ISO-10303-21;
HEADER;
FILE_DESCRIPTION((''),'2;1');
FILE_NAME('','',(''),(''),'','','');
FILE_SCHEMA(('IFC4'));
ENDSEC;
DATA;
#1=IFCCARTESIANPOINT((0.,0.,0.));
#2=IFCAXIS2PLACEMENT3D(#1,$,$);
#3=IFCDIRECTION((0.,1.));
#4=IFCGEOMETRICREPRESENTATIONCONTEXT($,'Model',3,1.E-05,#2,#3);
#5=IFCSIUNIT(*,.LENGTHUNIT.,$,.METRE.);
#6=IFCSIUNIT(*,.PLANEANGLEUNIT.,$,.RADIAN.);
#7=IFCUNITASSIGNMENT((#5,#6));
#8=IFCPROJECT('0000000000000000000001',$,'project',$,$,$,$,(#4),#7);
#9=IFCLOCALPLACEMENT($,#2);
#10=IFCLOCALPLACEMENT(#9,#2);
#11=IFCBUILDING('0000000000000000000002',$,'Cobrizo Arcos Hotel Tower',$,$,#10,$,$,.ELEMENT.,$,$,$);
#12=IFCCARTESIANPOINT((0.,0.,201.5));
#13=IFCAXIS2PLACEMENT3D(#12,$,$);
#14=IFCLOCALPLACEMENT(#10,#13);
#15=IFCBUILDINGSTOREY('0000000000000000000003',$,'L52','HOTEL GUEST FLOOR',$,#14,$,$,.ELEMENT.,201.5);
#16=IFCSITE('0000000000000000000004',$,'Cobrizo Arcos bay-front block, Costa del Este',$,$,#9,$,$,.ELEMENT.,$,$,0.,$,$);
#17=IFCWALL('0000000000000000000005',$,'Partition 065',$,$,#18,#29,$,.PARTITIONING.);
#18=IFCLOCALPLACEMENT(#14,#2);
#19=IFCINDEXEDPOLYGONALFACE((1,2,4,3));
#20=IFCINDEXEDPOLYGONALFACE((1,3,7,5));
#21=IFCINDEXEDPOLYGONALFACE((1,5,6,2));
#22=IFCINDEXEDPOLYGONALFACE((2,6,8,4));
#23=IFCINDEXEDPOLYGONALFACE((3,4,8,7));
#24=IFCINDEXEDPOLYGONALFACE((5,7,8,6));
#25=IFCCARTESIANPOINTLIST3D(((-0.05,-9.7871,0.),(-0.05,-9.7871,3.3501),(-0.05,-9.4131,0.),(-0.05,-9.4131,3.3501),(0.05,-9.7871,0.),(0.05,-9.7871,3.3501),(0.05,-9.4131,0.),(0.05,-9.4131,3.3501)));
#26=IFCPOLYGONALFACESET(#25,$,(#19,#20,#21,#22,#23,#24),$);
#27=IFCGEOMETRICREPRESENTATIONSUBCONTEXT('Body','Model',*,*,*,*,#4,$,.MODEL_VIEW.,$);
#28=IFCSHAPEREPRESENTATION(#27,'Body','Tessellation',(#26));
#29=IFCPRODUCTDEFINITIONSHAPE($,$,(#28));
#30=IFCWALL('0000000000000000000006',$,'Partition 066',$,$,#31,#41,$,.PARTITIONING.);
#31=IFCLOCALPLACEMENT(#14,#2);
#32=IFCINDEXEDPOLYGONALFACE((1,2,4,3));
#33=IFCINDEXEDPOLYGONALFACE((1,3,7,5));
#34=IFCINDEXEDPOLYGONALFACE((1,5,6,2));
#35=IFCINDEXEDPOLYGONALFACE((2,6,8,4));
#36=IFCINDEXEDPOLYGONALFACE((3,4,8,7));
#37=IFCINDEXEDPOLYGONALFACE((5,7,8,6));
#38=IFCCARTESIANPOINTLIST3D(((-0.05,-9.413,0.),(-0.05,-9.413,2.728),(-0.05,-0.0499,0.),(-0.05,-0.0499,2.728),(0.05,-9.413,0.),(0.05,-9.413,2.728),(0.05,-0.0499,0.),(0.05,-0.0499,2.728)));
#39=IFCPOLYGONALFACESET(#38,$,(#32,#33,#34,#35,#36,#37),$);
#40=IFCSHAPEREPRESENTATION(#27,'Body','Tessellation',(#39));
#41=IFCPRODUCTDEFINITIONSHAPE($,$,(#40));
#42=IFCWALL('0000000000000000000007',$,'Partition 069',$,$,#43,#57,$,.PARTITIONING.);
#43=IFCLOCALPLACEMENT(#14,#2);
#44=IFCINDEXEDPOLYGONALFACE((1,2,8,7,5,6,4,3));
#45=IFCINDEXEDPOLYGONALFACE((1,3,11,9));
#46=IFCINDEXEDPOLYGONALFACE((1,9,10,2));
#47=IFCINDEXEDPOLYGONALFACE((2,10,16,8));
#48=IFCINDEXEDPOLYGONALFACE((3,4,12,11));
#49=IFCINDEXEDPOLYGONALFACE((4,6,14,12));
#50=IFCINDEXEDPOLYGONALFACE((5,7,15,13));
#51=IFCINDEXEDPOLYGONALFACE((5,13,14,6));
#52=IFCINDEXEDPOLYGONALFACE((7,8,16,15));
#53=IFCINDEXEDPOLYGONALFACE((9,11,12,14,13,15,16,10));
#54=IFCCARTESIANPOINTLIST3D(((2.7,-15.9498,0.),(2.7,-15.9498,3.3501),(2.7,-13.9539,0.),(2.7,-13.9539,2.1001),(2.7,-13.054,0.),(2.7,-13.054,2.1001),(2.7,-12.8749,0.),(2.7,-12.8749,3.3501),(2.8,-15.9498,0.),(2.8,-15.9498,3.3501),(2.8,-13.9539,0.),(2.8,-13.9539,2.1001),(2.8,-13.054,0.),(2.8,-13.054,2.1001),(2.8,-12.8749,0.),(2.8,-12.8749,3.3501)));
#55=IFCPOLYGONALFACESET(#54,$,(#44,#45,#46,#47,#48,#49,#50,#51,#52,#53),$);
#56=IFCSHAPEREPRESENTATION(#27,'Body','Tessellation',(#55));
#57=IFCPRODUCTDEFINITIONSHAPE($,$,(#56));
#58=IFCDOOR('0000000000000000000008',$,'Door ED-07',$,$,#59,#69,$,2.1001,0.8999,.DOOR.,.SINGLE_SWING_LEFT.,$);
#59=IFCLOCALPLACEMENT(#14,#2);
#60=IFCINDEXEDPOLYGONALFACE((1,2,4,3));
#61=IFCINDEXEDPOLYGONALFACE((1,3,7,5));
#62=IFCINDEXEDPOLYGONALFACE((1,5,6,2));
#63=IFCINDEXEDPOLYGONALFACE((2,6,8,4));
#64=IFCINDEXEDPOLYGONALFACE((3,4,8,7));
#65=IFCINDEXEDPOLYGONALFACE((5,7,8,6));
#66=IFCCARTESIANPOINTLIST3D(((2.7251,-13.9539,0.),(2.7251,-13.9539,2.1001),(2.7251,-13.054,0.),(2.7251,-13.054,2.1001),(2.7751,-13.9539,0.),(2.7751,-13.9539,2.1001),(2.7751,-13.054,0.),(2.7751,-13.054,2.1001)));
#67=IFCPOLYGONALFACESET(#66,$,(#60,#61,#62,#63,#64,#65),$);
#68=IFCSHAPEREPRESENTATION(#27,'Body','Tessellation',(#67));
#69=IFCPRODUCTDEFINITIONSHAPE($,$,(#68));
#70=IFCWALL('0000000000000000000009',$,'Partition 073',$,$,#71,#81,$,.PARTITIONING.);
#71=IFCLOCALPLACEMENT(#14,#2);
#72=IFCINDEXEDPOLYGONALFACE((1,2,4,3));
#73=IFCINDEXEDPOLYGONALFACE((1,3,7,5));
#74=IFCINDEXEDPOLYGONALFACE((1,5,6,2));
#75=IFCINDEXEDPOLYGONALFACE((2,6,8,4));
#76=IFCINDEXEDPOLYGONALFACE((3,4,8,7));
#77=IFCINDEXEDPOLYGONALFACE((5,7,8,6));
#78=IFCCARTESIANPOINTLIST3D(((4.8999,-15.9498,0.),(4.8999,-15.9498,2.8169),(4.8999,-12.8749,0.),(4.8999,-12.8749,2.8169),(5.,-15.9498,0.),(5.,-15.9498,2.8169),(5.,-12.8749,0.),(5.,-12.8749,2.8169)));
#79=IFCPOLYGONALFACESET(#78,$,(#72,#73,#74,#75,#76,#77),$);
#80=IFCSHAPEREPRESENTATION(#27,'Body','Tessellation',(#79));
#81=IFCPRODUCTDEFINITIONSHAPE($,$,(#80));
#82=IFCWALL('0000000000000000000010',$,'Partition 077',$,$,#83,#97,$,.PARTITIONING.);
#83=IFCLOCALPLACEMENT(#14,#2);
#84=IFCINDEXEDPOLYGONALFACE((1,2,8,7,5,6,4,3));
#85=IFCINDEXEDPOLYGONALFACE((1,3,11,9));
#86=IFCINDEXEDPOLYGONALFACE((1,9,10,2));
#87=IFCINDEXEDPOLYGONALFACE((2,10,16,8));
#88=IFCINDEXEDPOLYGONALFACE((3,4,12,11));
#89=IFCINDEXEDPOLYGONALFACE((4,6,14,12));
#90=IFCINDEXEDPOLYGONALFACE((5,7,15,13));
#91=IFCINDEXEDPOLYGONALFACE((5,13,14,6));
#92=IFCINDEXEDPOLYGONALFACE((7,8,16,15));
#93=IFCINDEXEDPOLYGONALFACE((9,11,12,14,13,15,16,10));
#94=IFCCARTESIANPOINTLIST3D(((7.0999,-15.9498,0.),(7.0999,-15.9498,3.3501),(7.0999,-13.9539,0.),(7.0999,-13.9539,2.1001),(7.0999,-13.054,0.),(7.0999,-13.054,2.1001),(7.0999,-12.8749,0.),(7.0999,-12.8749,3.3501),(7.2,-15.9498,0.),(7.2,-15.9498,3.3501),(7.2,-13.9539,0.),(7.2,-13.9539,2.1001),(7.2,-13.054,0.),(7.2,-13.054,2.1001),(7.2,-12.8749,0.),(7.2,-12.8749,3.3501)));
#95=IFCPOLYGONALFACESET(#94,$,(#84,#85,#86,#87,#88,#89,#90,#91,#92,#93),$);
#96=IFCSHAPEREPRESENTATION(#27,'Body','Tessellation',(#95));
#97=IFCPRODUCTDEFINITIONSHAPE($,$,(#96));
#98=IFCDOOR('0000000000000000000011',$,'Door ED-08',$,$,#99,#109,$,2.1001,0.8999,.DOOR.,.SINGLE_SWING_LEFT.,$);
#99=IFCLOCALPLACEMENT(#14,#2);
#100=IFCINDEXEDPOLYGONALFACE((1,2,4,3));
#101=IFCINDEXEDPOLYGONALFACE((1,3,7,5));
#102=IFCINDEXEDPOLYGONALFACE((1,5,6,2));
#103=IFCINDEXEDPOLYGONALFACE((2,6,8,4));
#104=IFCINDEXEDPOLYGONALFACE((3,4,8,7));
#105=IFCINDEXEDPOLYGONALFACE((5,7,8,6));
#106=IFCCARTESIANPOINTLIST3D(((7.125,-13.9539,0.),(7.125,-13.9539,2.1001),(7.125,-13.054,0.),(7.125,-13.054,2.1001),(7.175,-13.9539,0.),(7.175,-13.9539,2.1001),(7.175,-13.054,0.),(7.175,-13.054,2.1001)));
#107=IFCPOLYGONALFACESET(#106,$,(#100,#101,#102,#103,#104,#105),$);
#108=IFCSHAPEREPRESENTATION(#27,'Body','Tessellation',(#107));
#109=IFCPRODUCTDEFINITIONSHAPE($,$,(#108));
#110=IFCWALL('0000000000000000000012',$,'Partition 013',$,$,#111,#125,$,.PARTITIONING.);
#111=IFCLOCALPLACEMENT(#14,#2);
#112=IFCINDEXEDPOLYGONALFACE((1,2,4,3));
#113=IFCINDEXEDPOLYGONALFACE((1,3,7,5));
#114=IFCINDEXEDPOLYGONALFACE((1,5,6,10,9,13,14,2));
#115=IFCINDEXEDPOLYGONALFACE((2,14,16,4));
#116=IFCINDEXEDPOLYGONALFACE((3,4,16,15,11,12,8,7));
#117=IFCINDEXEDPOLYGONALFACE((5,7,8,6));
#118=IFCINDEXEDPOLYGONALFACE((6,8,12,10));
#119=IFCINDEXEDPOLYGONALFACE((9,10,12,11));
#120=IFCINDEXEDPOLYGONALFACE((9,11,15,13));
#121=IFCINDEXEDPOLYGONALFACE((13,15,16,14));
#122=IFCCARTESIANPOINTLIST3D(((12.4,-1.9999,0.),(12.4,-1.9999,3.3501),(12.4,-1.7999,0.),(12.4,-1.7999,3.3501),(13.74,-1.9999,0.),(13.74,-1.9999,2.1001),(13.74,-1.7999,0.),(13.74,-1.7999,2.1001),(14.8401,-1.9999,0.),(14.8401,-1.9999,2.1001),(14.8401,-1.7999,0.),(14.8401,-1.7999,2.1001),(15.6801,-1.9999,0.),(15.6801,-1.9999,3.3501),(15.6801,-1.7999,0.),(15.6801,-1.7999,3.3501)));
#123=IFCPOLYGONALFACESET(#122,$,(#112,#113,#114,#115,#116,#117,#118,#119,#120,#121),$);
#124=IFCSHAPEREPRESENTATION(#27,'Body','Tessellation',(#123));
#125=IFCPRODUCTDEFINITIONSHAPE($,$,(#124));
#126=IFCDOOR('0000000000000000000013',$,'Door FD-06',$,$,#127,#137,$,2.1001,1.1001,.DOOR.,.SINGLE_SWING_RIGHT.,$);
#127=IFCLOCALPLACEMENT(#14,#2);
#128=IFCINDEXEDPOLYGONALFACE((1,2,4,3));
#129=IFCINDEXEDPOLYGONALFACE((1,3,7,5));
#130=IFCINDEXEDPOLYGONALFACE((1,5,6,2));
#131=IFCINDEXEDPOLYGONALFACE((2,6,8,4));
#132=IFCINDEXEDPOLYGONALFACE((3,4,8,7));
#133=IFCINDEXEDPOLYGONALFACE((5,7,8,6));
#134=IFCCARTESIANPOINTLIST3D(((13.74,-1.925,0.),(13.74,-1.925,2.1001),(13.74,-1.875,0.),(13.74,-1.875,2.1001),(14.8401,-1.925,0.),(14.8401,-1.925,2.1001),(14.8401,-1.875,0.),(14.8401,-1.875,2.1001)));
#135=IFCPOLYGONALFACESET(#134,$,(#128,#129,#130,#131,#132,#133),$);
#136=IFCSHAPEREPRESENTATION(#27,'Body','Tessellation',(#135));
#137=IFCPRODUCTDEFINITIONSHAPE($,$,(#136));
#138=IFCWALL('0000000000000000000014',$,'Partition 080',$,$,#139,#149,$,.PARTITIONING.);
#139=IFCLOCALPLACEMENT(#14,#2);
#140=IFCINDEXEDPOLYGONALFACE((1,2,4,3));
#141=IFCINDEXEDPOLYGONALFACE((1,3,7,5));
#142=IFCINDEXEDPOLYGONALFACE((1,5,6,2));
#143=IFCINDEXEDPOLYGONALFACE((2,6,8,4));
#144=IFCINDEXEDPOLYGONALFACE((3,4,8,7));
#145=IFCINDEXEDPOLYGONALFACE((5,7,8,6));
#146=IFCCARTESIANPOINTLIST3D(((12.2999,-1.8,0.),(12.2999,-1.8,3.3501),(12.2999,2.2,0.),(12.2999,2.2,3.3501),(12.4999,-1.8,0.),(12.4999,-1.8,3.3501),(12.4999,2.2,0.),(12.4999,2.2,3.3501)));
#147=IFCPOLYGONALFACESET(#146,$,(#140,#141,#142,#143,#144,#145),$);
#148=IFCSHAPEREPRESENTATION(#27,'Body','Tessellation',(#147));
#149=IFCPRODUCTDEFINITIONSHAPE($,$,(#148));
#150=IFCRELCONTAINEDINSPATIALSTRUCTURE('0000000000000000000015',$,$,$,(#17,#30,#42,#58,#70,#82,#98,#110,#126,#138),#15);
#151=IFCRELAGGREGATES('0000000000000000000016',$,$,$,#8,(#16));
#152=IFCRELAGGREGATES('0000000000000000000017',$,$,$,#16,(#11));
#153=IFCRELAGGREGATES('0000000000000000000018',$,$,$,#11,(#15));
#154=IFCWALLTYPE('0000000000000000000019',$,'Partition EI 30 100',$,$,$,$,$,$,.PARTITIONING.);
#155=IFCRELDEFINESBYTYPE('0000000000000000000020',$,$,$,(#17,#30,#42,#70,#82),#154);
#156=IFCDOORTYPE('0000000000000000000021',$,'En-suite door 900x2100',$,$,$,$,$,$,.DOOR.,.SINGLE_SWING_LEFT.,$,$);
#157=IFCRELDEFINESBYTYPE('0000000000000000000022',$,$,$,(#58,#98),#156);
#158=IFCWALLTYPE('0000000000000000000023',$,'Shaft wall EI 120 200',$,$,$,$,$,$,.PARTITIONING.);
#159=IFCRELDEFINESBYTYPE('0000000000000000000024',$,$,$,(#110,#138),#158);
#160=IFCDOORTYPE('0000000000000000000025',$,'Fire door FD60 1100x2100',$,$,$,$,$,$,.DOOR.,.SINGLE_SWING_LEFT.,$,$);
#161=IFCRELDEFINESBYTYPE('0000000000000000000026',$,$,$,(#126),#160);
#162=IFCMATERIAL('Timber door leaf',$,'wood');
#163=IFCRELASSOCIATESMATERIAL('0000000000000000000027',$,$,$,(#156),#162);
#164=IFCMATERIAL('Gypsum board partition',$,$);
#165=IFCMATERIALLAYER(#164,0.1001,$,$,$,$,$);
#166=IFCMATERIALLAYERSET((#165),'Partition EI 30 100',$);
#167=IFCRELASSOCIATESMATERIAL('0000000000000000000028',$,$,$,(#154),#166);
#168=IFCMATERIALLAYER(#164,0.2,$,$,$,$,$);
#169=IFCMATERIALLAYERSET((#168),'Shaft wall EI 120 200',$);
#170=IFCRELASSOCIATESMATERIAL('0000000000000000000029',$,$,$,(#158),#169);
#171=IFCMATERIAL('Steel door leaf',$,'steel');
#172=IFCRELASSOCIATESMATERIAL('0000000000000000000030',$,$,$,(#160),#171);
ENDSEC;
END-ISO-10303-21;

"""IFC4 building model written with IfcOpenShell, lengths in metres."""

from ifc_helpers import new_model, si_unit, direction, frame, frame_2d, origin, place, context, subcontext, project, spatial, rectangle, extrude, material, layer, layer_set, type_object, element, fill, save


model = new_model("IFC4")

# Units and contexts
model_context = context("Model", 3, precision=1e-05, world=origin(), true_north=direction((0.0, 1.0)))
body_context = subcontext(model_context, "Body", "Model", "MODEL_VIEW")
ifc_project = project(units=[si_unit("LENGTHUNIT", "METRE"), si_unit("PLANEANGLEUNIT", "RADIAN")], contexts=[model_context])

# Site, building, storey
site_placement = place(None, origin())
site = spatial("IfcSite", under=ifc_project, at=site_placement, Name="Cobrizo Arcos bay-front block, Costa del Este", CompositionType="ELEMENT", RefElevation=0.0)
building_placement = place(site_placement, origin())
building = spatial("IfcBuilding", under=site, at=building_placement, Name="Cobrizo Arcos Hotel Tower", CompositionType="ELEMENT")
storey_placement = place(building_placement, frame((0.0, 0.0, 201.5)))
storey = spatial("IfcBuildingStorey", under=building, at=storey_placement, Name="L52", Description="HOTEL GUEST FLOOR", CompositionType="ELEMENT", Elevation=201.5)

# Shared definitions
ifc_material_1 = material(Name="Gypsum board partition")

# Shared definitions
ifc_material_2 = material(Name="Timber door leaf", Category="wood")
door_type_1 = type_object("IfcDoorType", Name="En-suite door 900x2100", OperationType="SINGLE_SWING_LEFT", PredefinedType="DOOR", material=ifc_material_2)

# Shared definitions
ifc_layer_1 = layer(ifc_material_1, 0.1001)
ifc_layer_set_1 = layer_set([ifc_layer_1], Name="Partition EI 30 100")
wall_type_1 = type_object("IfcWallType", Name="Partition EI 30 100", PredefinedType="PARTITIONING", material=ifc_layer_set_1)

# Walls
wall_1_placement = place(storey_placement, frame((0.0, -9.7871, 0.0), z_axis=(0.0, 0.0, 1.0), x_axis=(0.0, 1.0, 0.0)))
element("IfcWall", 1, at=wall_1_placement, inside=storey, type_object=wall_type_1, Name="Partition 065", PredefinedType="PARTITIONING", context=body_context, shape_type="SweptSolid", body=[
    extrude(rectangle(XDim=0.374, YDim=0.1001, at=frame_2d((0.187, 0.0))), origin(), (0.0, 0.0, 1.0), 3.3501),
])
wall_2_placement = place(storey_placement, frame((0.0, -9.4131, 0.0), z_axis=(0.0, 0.0, 1.0), x_axis=(0.0, 1.0, 0.0)))
element("IfcWall", 2, at=wall_2_placement, inside=storey, type_object=wall_type_1, Name="Partition 066", PredefinedType="PARTITIONING", context=body_context, shape_type="SweptSolid", body=[
    extrude(rectangle(XDim=9.363, YDim=0.1001, at=frame_2d((4.6816, 0.0))), origin(), (0.0, 0.0, 1.0), 2.728),
])

# Wall, opening, door
wall_3_placement = place(storey_placement, frame((2.75, -15.95, 0.0), z_axis=(0.0, 0.0, 1.0), x_axis=(0.0, 1.0, 0.0)))
wall_3 = element("IfcWall", 3, at=wall_3_placement, inside=storey, type_object=wall_type_1, Name="Partition 069", PredefinedType="PARTITIONING", context=body_context, shape_type="SweptSolid", body=[
    extrude(rectangle(XDim=3.075, YDim=0.1001, at=frame_2d((1.5376, 0.0))), origin(), (0.0, 0.0, 1.0), 3.3501),
])
opening_1_placement = place(wall_3_placement, frame((1.9961, 0.0, 0.0)))
opening_1 = element("IfcOpeningElement", 4, at=opening_1_placement, cuts=wall_3, PredefinedType="OPENING", context=body_context, shape_type="SweptSolid", body=[
    extrude(rectangle(XDim=0.8999, YDim=2.1001, at=frame_2d((0.45, 1.05))), frame((0.0, 0.062, 0.0), z_axis=(0.0, -1.0, 0.0), x_axis=(1.0, 0.0, 0.0)), (0.0, 0.0, 1.0), 0.124),
])
door_1_placement = place(opening_1_placement, origin())
door_1 = element("IfcDoor", 5, at=door_1_placement, inside=storey, type_object=door_type_1, Name="Door ED-07", OperationType="SINGLE_SWING_LEFT", OverallHeight=2.1001, OverallWidth=0.8999, PredefinedType="DOOR", context=body_context, shape_type="SweptSolid", body=[
    extrude(rectangle(XDim=0.8999, YDim=2.1001, at=frame_2d((0.45, 1.05))), frame((0.0, 0.0249, 0.0), z_axis=(0.0, -1.0, 0.0), x_axis=(1.0, 0.0, 0.0)), (0.0, 0.0, 1.0), 0.05),
])
fill(opening_1, door_1)

# Wall
wall_4_placement = place(storey_placement, frame((4.95, -15.95, 0.0), z_axis=(0.0, 0.0, 1.0), x_axis=(0.0, 1.0, 0.0)))
element("IfcWall", 6, at=wall_4_placement, inside=storey, type_object=wall_type_1, Name="Partition 073", PredefinedType="PARTITIONING", context=body_context, shape_type="SweptSolid", body=[
    extrude(rectangle(XDim=3.075, YDim=0.1001, at=frame_2d((1.5376, 0.0))), origin(), (0.0, 0.0, 1.0), 2.8169),
])

# Walls, openings, doors
wall_5_placement = place(storey_placement, frame((7.1499, -15.95, 0.0), z_axis=(0.0, 0.0, 1.0), x_axis=(0.0, 1.0, 0.0)))
wall_5 = element("IfcWall", 7, at=wall_5_placement, inside=storey, type_object=wall_type_1, Name="Partition 077", PredefinedType="PARTITIONING", context=body_context, shape_type="SweptSolid", body=[
    extrude(rectangle(XDim=3.075, YDim=0.1001, at=frame_2d((1.5376, 0.0))), origin(), (0.0, 0.0, 1.0), 3.3501),
])
opening_2_placement = place(wall_5_placement, frame((1.9961, 0.0, 0.0)))
opening_2 = element("IfcOpeningElement", 8, at=opening_2_placement, cuts=wall_5, PredefinedType="OPENING", context=body_context, shape_type="SweptSolid", body=[
    extrude(rectangle(XDim=0.8999, YDim=2.1001, at=frame_2d((0.45, 1.05))), frame((0.0, 0.062, 0.0), z_axis=(0.0, -1.0, 0.0), x_axis=(1.0, 0.0, 0.0)), (0.0, 0.0, 1.0), 0.124),
])
door_2_placement = place(opening_2_placement, origin())
door_2 = element("IfcDoor", 9, at=door_2_placement, inside=storey, type_object=door_type_1, Name="Door ED-08", OperationType="SINGLE_SWING_LEFT", OverallHeight=2.1001, OverallWidth=0.8999, PredefinedType="DOOR", context=body_context, shape_type="SweptSolid", body=[
    extrude(rectangle(XDim=0.8999, YDim=2.1001, at=frame_2d((0.45, 1.05))), frame((0.0, 0.0249, 0.0), z_axis=(0.0, -1.0, 0.0), x_axis=(1.0, 0.0, 0.0)), (0.0, 0.0, 1.0), 0.05),
])
fill(opening_2, door_2)
ifc_layer_2 = layer(ifc_material_1, 0.2)
ifc_layer_set_2 = layer_set([ifc_layer_2], Name="Shaft wall EI 120 200")
wall_type_2 = type_object("IfcWallType", Name="Shaft wall EI 120 200", PredefinedType="PARTITIONING", material=ifc_layer_set_2)
wall_6_placement = place(storey_placement, frame((12.3999, -1.8999, 0.0), z_axis=(0.0, 0.0, 1.0), x_axis=(1.0, 0.0, 0.0)))
wall_6 = element("IfcWall", 10, at=wall_6_placement, inside=storey, type_object=wall_type_2, Name="Partition 013", PredefinedType="PARTITIONING", context=body_context, shape_type="SweptSolid", body=[
    extrude(rectangle(XDim=3.28, YDim=0.2, at=frame_2d((1.6401, 0.0))), origin(), (0.0, 0.0, 1.0), 3.3501),
])
opening_3_placement = place(wall_6_placement, frame((1.3401, 0.0, 0.0)))
opening_3 = element("IfcOpeningElement", 11, at=opening_3_placement, cuts=wall_6, PredefinedType="OPENING", context=body_context, shape_type="SweptSolid", body=[
    extrude(rectangle(XDim=1.1001, YDim=2.1001, at=frame_2d((0.55, 1.05))), frame((0.0, 0.1121, 0.0), z_axis=(0.0, -1.0, 0.0), x_axis=(1.0, 0.0, 0.0)), (0.0, 0.0, 1.0), 0.2239),
])
ifc_material_3 = material(Name="Steel door leaf", Category="steel")
door_type_2 = type_object("IfcDoorType", Name="Fire door FD60 1100x2100", OperationType="SINGLE_SWING_LEFT", PredefinedType="DOOR", material=ifc_material_3)
door_3_placement = place(opening_3_placement, origin())
door_3 = element("IfcDoor", 12, at=door_3_placement, inside=storey, type_object=door_type_2, Name="Door FD-06", OperationType="SINGLE_SWING_RIGHT", OverallHeight=2.1001, OverallWidth=1.1001, PredefinedType="DOOR", context=body_context, shape_type="SweptSolid", body=[
    extrude(rectangle(XDim=1.1001, YDim=2.1001, at=frame_2d((0.55, 1.05))), frame((0.0, 0.0249, 0.0), z_axis=(0.0, -1.0, 0.0), x_axis=(1.0, 0.0, 0.0)), (0.0, 0.0, 1.0), 0.05),
])
fill(opening_3, door_3)

# Wall
wall_7_placement = place(storey_placement, frame((12.3999, -1.8, 0.0), z_axis=(0.0, 0.0, 1.0), x_axis=(0.0, 1.0, 0.0)))
element("IfcWall", 13, at=wall_7_placement, inside=storey, type_object=wall_type_2, Name="Partition 080", PredefinedType="PARTITIONING", context=body_context, shape_type="SweptSolid", body=[
    extrude(rectangle(XDim=4.0, YDim=0.2, at=frame_2d((2.0, 0.0))), origin(), (0.0, 0.0, 1.0), 3.3501),
])

save(model, "model.ifc")
